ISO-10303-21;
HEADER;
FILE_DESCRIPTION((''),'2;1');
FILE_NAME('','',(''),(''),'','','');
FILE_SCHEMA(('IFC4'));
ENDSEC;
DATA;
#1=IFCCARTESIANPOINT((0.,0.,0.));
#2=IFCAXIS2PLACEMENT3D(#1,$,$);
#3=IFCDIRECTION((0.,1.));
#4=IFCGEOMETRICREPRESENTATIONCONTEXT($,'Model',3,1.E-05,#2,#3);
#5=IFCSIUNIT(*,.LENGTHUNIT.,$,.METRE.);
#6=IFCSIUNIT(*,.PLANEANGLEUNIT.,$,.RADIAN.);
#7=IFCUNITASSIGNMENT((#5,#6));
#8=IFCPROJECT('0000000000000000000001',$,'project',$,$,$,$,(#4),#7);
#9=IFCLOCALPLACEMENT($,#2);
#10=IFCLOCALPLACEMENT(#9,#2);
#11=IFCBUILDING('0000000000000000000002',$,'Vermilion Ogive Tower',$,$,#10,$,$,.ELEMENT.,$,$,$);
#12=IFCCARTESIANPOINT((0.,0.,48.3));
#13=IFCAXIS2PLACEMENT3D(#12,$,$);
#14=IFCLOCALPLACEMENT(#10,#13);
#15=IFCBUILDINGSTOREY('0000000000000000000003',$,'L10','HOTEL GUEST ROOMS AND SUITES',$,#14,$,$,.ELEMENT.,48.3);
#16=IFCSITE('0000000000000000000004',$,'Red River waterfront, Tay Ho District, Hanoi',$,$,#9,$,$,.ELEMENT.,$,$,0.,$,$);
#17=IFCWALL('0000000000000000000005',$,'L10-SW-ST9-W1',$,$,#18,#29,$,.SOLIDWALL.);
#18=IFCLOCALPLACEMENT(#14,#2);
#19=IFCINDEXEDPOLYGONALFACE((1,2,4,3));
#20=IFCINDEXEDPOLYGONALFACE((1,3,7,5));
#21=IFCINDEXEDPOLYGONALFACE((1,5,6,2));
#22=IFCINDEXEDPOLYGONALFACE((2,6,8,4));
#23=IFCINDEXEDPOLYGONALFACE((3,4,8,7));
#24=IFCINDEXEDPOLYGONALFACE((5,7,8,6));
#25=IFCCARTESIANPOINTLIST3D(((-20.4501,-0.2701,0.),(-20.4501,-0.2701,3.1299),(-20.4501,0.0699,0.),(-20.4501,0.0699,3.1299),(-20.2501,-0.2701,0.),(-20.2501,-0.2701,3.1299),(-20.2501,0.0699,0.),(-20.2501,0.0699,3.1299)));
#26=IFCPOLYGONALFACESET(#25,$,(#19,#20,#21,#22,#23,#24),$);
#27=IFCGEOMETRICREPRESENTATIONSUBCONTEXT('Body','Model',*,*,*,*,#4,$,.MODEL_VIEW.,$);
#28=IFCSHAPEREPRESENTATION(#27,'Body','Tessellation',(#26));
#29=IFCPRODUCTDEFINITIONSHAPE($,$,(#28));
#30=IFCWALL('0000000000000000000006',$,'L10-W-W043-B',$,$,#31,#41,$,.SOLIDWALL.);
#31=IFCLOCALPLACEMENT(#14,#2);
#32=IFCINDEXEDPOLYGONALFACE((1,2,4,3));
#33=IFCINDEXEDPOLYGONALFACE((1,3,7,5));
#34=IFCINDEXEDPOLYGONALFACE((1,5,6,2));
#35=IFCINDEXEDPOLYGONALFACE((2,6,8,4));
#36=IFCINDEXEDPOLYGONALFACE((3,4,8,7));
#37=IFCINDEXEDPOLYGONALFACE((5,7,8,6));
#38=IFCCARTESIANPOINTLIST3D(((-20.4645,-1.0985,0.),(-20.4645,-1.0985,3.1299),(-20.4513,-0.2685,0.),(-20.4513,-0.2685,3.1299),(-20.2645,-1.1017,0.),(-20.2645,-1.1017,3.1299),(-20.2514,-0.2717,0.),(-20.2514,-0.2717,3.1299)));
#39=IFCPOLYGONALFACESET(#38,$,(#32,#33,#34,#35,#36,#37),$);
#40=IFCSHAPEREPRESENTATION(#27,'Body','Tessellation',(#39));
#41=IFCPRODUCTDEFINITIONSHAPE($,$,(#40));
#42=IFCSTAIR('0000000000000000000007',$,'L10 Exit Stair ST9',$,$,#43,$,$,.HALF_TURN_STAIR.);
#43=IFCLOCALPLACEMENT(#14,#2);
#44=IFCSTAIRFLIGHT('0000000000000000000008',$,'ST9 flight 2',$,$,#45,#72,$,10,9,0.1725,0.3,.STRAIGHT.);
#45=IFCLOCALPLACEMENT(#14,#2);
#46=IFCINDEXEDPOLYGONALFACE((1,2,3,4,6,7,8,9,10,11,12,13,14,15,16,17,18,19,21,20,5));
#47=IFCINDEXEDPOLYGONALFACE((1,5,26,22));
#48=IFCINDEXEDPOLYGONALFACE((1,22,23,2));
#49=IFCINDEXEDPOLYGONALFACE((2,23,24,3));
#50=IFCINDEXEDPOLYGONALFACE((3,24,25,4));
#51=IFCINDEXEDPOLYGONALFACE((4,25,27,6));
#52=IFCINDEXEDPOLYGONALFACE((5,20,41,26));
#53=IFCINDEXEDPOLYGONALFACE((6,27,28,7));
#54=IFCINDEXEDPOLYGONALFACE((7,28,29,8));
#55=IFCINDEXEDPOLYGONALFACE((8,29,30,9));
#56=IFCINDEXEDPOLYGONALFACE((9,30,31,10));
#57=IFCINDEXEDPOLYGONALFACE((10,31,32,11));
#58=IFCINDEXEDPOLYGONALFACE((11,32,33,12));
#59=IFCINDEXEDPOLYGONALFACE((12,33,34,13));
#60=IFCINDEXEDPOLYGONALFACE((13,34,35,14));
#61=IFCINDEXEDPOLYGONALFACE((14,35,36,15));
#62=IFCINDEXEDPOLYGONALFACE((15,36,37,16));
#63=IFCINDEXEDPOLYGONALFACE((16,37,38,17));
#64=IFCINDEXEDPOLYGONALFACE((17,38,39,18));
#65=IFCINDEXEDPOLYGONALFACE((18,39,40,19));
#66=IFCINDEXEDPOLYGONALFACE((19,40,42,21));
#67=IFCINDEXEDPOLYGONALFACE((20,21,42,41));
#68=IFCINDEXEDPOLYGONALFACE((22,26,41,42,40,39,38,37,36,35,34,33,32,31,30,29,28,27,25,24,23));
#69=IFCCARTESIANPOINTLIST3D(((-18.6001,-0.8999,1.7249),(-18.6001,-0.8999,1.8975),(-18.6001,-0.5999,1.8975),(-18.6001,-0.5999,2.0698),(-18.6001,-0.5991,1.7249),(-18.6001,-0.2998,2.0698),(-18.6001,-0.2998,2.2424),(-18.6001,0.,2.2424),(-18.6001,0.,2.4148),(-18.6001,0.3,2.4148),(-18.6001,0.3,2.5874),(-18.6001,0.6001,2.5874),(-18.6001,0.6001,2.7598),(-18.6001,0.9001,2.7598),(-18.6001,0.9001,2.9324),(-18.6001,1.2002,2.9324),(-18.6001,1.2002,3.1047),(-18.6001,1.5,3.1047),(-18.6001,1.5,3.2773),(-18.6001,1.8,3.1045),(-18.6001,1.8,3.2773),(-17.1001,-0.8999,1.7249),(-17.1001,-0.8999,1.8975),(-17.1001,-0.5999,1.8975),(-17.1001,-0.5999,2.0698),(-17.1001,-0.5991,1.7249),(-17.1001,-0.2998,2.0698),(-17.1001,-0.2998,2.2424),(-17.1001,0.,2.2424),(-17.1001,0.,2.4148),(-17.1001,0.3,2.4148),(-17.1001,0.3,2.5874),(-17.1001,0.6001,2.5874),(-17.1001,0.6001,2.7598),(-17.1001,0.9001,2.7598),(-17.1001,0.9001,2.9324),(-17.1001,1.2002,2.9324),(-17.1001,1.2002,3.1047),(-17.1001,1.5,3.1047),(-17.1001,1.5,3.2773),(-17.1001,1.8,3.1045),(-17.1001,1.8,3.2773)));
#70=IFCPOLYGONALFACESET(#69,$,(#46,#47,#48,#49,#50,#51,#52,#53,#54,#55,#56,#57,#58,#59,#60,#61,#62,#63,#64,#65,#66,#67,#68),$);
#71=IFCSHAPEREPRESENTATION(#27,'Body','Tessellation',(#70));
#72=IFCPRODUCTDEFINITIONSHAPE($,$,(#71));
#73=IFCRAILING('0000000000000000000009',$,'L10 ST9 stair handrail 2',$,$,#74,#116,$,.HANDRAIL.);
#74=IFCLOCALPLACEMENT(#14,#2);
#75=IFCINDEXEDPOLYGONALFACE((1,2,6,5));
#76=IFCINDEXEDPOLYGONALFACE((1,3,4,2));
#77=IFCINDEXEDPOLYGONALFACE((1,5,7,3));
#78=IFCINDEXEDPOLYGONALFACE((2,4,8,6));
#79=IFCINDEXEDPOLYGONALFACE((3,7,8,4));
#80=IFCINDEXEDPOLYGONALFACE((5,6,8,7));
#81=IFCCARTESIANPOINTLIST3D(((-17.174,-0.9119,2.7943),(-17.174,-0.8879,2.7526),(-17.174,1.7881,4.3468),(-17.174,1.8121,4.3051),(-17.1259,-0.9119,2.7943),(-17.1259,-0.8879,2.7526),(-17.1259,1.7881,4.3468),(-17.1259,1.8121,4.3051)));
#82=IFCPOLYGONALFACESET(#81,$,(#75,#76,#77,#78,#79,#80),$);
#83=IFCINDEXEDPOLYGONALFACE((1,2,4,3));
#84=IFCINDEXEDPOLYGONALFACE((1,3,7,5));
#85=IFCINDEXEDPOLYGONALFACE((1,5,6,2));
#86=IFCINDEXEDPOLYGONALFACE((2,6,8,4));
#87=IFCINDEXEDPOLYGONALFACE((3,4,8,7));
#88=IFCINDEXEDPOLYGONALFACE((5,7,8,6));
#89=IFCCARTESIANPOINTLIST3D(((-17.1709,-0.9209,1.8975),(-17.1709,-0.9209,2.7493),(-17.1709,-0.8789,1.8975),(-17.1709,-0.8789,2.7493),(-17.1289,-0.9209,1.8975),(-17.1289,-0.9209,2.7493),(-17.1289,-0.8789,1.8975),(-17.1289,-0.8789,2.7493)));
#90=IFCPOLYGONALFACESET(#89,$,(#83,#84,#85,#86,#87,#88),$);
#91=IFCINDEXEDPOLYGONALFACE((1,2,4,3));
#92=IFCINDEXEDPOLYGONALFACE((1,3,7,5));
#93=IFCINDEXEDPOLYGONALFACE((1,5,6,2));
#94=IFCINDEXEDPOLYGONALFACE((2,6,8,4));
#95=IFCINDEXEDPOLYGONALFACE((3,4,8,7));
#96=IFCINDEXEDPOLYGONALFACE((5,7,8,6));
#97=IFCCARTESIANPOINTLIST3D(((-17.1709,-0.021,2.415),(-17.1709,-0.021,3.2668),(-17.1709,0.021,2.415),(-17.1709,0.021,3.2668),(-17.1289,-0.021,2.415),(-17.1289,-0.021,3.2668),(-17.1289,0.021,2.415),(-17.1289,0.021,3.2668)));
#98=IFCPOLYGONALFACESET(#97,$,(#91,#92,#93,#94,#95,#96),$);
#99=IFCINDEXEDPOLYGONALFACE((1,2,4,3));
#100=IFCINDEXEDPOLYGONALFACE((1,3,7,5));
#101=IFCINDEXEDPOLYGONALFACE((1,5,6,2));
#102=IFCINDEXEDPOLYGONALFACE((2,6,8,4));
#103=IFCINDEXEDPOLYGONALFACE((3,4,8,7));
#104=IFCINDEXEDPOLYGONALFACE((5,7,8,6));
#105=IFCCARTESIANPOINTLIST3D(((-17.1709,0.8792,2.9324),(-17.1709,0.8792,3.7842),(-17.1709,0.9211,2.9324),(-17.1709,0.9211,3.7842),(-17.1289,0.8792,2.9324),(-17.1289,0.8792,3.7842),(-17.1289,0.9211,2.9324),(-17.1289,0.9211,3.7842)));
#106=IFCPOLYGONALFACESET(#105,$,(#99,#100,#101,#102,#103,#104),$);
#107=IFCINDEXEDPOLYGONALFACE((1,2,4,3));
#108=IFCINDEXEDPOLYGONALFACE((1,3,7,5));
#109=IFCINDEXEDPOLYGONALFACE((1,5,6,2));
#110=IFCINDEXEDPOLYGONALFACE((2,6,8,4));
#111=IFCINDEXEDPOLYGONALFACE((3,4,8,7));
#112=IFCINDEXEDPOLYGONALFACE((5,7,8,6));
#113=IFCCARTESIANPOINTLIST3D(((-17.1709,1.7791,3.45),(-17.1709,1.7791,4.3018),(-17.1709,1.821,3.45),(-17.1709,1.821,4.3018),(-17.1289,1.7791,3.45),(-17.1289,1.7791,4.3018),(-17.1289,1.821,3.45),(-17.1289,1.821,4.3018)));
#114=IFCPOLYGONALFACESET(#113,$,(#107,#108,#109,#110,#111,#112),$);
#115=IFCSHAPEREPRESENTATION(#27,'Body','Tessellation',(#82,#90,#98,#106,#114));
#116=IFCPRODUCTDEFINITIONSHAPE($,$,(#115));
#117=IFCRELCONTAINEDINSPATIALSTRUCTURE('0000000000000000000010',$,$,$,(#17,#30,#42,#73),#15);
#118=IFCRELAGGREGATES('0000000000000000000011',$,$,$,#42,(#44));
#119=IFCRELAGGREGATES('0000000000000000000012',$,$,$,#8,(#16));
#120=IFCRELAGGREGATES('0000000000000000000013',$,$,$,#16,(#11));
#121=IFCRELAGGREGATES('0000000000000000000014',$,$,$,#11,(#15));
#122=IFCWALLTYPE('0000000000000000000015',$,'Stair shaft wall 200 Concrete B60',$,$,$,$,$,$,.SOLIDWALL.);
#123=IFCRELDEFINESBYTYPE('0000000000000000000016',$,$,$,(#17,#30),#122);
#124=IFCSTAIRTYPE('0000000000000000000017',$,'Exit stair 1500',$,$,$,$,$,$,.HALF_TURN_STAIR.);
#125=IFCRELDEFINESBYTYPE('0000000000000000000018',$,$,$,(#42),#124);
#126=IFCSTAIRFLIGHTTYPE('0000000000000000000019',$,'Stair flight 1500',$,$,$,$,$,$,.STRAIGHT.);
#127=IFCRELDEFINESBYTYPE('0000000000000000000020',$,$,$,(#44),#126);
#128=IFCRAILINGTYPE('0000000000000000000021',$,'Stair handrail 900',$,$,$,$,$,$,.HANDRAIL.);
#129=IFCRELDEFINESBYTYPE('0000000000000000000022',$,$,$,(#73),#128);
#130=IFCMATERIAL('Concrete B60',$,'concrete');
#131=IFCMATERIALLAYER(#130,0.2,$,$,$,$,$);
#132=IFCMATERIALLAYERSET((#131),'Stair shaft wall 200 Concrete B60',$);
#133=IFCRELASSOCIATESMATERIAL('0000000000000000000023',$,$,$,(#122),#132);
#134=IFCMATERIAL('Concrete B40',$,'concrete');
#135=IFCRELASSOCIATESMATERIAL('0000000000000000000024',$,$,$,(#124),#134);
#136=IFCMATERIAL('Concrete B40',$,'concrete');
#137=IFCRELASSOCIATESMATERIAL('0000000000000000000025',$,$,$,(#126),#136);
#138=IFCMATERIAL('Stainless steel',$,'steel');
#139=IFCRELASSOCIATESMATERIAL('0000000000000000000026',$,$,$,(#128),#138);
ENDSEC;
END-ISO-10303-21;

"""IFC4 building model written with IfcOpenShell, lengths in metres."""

from ifc_helpers import new_model, si_unit, direction, frame, frame_2d, origin, origin_2d, place, context, subcontext, project, spatial, polyline, rectangle, outline, extrude, material, layer, layer_set, type_object, element, aggregate, save


model = new_model("IFC4")

# Units and contexts
model_context = context("Model", 3, precision=1e-05, world=origin(), true_north=direction((0.0, 1.0)))
body_context = subcontext(model_context, "Body", "Model", "MODEL_VIEW")
ifc_project = project(units=[si_unit("LENGTHUNIT", "METRE"), si_unit("PLANEANGLEUNIT", "RADIAN")], contexts=[model_context])

# Site, building, storey
site_placement = place(None, origin())
site = spatial("IfcSite", under=ifc_project, at=site_placement, Name="Red River waterfront, Tay Ho District, Hanoi", CompositionType="ELEMENT", RefElevation=0.0)
building_placement = place(site_placement, origin())
building = spatial("IfcBuilding", under=site, at=building_placement, Name="Vermilion Ogive Tower", CompositionType="ELEMENT")
storey_placement = place(building_placement, frame((0.0, 0.0, 48.3)))
storey = spatial("IfcBuildingStorey", under=building, at=storey_placement, Name="L10", Description="HOTEL GUEST ROOMS AND SUITES", CompositionType="ELEMENT", Elevation=48.3)

# Shared definitions
ifc_material_1 = material(Name="Concrete B60", Category="concrete")
ifc_layer_1 = layer(ifc_material_1, 0.2)
ifc_layer_set_1 = layer_set([ifc_layer_1], Name="Stair shaft wall 200 Concrete B60")
wall_type_1 = type_object("IfcWallType", Name="Stair shaft wall 200 Concrete B60", PredefinedType="SOLIDWALL", material=ifc_layer_set_1)

# Walls
wall_1_placement = place(storey_placement, frame((-20.3501, -0.27, 0.0), z_axis=(0.0, 0.0, 1.0), x_axis=(0.0, 1.0, 0.0)))
element("IfcWall", 1, at=wall_1_placement, inside=storey, type_object=wall_type_1, Name="L10-SW-ST9-W1", PredefinedType="SOLIDWALL", context=body_context, shape_type="SweptSolid", body=[
    extrude(rectangle(XDim=0.3401, YDim=0.2, at=frame_2d((0.1699, 0.0))), origin(), (0.0, 0.0, 1.0), 3.1299),
])
wall_2_placement = place(storey_placement, frame((-20.3645, -1.1001, 0.0), z_axis=(0.0, 0.0, 1.0), x_axis=(0.01588, 0.999874, 0.0)))
element("IfcWall", 2, at=wall_2_placement, inside=storey, type_object=wall_type_1, Name="L10-W-W043-B", PredefinedType="SOLIDWALL", context=body_context, shape_type="SweptSolid", body=[
    extrude(rectangle(XDim=0.8301, YDim=0.2, at=frame_2d((0.415, 0.0))), origin(), (0.0, 0.0, 1.0), 3.1299),
])

# Stair, stair flight
ifc_material_2 = material(Name="Concrete B40", Category="concrete")
stair_type = type_object("IfcStairType", Name="Exit stair 1500", PredefinedType="HALF_TURN_STAIR", material=ifc_material_2)
stair_placement = place(storey_placement, origin())
stair = element("IfcStair", 3, at=stair_placement, inside=storey, type_object=stair_type, Name="L10 Exit Stair ST9", PredefinedType="HALF_TURN_STAIR")
ifc_material_3 = material(Name="Concrete B40", Category="concrete")
stair_flight_type = type_object("IfcStairFlightType", Name="Stair flight 1500", PredefinedType="STRAIGHT", material=ifc_material_3)
stair_flight_placement = place(storey_placement, frame((-17.8501, -0.8999, 1.7249), z_axis=(0.0, 0.0, 1.0), x_axis=(0.0, 1.0, 0.0)))
stair_flight = element("IfcStairFlight", 4, at=stair_flight_placement, type_object=stair_flight_type, Name="ST9 flight 2", NumberOfRisers=10, NumberOfTreads=9, PredefinedType="STRAIGHT", RiserHeight=0.1725, TreadLength=0.3, context=body_context, shape_type="SweptSolid", body=[
    extrude(outline(polyline([(0.0, 0.0), (0.0, 0.1726), (0.3, 0.1726), (0.3, 0.345), (0.6001, 0.345), (0.6001, 0.5176), (0.8999, 0.5176), (0.8999, 0.6899), (1.2, 0.6899), (1.2, 0.8625), (1.5, 0.8625), (1.5, 1.0349), (1.8, 1.0349), (1.8, 1.2075), (2.1001, 1.2075), (2.1001, 1.3799), (2.3999, 1.3799), (2.3999, 1.5525), (2.7, 1.5525), (2.7, 1.7251), (2.7, 1.3796), (0.3008, 0.0), (0.0, 0.0)])), frame((0.0, 0.75, 0.0), z_axis=(0.0, -1.0, 0.0), x_axis=(1.0, 0.0, 0.0)), (0.0, 0.0, 1.0), 1.5),
])
aggregate(stair, [stair_flight])

# Railing
ifc_material_4 = material(Name="Stainless steel", Category="steel")
railing_type = type_object("IfcRailingType", Name="Stair handrail 900", PredefinedType="HANDRAIL", material=ifc_material_4)
railing_placement = place(storey_placement, frame((-17.1499, -0.8999, 1.8975)))
element("IfcRailing", 5, at=railing_placement, inside=storey, type_object=railing_type, Name="L10 ST9 stair handrail 2", PredefinedType="HANDRAIL", context=body_context, shape_type="SweptSolid", body=[
    extrude(rectangle(XDim=0.0481, YDim=0.0481, at=origin_2d()), frame((0.0, 0.0, 0.876), z_axis=(0.0, 0.866904, 0.498476), x_axis=(-1.0, 0.0, 0.0)), (0.0, 0.0, 1.0), 3.1145),
    extrude(rectangle(XDim=0.042, YDim=0.042, at=origin_2d()), origin(), (0.0, 0.0, 1.0), 0.8518),
    extrude(rectangle(XDim=0.042, YDim=0.042, at=origin_2d()), frame((0.0, 0.8999, 0.5176)), (0.0, 0.0, 1.0), 0.8518),
    extrude(rectangle(XDim=0.042, YDim=0.042, at=origin_2d()), frame((0.0, 1.8, 1.0349)), (0.0, 0.0, 1.0), 0.8518),
    extrude(rectangle(XDim=0.042, YDim=0.042, at=origin_2d()), frame((0.0, 2.7, 1.5525)), (0.0, 0.0, 1.0), 0.8518),
])

save(model, "model.ifc")
